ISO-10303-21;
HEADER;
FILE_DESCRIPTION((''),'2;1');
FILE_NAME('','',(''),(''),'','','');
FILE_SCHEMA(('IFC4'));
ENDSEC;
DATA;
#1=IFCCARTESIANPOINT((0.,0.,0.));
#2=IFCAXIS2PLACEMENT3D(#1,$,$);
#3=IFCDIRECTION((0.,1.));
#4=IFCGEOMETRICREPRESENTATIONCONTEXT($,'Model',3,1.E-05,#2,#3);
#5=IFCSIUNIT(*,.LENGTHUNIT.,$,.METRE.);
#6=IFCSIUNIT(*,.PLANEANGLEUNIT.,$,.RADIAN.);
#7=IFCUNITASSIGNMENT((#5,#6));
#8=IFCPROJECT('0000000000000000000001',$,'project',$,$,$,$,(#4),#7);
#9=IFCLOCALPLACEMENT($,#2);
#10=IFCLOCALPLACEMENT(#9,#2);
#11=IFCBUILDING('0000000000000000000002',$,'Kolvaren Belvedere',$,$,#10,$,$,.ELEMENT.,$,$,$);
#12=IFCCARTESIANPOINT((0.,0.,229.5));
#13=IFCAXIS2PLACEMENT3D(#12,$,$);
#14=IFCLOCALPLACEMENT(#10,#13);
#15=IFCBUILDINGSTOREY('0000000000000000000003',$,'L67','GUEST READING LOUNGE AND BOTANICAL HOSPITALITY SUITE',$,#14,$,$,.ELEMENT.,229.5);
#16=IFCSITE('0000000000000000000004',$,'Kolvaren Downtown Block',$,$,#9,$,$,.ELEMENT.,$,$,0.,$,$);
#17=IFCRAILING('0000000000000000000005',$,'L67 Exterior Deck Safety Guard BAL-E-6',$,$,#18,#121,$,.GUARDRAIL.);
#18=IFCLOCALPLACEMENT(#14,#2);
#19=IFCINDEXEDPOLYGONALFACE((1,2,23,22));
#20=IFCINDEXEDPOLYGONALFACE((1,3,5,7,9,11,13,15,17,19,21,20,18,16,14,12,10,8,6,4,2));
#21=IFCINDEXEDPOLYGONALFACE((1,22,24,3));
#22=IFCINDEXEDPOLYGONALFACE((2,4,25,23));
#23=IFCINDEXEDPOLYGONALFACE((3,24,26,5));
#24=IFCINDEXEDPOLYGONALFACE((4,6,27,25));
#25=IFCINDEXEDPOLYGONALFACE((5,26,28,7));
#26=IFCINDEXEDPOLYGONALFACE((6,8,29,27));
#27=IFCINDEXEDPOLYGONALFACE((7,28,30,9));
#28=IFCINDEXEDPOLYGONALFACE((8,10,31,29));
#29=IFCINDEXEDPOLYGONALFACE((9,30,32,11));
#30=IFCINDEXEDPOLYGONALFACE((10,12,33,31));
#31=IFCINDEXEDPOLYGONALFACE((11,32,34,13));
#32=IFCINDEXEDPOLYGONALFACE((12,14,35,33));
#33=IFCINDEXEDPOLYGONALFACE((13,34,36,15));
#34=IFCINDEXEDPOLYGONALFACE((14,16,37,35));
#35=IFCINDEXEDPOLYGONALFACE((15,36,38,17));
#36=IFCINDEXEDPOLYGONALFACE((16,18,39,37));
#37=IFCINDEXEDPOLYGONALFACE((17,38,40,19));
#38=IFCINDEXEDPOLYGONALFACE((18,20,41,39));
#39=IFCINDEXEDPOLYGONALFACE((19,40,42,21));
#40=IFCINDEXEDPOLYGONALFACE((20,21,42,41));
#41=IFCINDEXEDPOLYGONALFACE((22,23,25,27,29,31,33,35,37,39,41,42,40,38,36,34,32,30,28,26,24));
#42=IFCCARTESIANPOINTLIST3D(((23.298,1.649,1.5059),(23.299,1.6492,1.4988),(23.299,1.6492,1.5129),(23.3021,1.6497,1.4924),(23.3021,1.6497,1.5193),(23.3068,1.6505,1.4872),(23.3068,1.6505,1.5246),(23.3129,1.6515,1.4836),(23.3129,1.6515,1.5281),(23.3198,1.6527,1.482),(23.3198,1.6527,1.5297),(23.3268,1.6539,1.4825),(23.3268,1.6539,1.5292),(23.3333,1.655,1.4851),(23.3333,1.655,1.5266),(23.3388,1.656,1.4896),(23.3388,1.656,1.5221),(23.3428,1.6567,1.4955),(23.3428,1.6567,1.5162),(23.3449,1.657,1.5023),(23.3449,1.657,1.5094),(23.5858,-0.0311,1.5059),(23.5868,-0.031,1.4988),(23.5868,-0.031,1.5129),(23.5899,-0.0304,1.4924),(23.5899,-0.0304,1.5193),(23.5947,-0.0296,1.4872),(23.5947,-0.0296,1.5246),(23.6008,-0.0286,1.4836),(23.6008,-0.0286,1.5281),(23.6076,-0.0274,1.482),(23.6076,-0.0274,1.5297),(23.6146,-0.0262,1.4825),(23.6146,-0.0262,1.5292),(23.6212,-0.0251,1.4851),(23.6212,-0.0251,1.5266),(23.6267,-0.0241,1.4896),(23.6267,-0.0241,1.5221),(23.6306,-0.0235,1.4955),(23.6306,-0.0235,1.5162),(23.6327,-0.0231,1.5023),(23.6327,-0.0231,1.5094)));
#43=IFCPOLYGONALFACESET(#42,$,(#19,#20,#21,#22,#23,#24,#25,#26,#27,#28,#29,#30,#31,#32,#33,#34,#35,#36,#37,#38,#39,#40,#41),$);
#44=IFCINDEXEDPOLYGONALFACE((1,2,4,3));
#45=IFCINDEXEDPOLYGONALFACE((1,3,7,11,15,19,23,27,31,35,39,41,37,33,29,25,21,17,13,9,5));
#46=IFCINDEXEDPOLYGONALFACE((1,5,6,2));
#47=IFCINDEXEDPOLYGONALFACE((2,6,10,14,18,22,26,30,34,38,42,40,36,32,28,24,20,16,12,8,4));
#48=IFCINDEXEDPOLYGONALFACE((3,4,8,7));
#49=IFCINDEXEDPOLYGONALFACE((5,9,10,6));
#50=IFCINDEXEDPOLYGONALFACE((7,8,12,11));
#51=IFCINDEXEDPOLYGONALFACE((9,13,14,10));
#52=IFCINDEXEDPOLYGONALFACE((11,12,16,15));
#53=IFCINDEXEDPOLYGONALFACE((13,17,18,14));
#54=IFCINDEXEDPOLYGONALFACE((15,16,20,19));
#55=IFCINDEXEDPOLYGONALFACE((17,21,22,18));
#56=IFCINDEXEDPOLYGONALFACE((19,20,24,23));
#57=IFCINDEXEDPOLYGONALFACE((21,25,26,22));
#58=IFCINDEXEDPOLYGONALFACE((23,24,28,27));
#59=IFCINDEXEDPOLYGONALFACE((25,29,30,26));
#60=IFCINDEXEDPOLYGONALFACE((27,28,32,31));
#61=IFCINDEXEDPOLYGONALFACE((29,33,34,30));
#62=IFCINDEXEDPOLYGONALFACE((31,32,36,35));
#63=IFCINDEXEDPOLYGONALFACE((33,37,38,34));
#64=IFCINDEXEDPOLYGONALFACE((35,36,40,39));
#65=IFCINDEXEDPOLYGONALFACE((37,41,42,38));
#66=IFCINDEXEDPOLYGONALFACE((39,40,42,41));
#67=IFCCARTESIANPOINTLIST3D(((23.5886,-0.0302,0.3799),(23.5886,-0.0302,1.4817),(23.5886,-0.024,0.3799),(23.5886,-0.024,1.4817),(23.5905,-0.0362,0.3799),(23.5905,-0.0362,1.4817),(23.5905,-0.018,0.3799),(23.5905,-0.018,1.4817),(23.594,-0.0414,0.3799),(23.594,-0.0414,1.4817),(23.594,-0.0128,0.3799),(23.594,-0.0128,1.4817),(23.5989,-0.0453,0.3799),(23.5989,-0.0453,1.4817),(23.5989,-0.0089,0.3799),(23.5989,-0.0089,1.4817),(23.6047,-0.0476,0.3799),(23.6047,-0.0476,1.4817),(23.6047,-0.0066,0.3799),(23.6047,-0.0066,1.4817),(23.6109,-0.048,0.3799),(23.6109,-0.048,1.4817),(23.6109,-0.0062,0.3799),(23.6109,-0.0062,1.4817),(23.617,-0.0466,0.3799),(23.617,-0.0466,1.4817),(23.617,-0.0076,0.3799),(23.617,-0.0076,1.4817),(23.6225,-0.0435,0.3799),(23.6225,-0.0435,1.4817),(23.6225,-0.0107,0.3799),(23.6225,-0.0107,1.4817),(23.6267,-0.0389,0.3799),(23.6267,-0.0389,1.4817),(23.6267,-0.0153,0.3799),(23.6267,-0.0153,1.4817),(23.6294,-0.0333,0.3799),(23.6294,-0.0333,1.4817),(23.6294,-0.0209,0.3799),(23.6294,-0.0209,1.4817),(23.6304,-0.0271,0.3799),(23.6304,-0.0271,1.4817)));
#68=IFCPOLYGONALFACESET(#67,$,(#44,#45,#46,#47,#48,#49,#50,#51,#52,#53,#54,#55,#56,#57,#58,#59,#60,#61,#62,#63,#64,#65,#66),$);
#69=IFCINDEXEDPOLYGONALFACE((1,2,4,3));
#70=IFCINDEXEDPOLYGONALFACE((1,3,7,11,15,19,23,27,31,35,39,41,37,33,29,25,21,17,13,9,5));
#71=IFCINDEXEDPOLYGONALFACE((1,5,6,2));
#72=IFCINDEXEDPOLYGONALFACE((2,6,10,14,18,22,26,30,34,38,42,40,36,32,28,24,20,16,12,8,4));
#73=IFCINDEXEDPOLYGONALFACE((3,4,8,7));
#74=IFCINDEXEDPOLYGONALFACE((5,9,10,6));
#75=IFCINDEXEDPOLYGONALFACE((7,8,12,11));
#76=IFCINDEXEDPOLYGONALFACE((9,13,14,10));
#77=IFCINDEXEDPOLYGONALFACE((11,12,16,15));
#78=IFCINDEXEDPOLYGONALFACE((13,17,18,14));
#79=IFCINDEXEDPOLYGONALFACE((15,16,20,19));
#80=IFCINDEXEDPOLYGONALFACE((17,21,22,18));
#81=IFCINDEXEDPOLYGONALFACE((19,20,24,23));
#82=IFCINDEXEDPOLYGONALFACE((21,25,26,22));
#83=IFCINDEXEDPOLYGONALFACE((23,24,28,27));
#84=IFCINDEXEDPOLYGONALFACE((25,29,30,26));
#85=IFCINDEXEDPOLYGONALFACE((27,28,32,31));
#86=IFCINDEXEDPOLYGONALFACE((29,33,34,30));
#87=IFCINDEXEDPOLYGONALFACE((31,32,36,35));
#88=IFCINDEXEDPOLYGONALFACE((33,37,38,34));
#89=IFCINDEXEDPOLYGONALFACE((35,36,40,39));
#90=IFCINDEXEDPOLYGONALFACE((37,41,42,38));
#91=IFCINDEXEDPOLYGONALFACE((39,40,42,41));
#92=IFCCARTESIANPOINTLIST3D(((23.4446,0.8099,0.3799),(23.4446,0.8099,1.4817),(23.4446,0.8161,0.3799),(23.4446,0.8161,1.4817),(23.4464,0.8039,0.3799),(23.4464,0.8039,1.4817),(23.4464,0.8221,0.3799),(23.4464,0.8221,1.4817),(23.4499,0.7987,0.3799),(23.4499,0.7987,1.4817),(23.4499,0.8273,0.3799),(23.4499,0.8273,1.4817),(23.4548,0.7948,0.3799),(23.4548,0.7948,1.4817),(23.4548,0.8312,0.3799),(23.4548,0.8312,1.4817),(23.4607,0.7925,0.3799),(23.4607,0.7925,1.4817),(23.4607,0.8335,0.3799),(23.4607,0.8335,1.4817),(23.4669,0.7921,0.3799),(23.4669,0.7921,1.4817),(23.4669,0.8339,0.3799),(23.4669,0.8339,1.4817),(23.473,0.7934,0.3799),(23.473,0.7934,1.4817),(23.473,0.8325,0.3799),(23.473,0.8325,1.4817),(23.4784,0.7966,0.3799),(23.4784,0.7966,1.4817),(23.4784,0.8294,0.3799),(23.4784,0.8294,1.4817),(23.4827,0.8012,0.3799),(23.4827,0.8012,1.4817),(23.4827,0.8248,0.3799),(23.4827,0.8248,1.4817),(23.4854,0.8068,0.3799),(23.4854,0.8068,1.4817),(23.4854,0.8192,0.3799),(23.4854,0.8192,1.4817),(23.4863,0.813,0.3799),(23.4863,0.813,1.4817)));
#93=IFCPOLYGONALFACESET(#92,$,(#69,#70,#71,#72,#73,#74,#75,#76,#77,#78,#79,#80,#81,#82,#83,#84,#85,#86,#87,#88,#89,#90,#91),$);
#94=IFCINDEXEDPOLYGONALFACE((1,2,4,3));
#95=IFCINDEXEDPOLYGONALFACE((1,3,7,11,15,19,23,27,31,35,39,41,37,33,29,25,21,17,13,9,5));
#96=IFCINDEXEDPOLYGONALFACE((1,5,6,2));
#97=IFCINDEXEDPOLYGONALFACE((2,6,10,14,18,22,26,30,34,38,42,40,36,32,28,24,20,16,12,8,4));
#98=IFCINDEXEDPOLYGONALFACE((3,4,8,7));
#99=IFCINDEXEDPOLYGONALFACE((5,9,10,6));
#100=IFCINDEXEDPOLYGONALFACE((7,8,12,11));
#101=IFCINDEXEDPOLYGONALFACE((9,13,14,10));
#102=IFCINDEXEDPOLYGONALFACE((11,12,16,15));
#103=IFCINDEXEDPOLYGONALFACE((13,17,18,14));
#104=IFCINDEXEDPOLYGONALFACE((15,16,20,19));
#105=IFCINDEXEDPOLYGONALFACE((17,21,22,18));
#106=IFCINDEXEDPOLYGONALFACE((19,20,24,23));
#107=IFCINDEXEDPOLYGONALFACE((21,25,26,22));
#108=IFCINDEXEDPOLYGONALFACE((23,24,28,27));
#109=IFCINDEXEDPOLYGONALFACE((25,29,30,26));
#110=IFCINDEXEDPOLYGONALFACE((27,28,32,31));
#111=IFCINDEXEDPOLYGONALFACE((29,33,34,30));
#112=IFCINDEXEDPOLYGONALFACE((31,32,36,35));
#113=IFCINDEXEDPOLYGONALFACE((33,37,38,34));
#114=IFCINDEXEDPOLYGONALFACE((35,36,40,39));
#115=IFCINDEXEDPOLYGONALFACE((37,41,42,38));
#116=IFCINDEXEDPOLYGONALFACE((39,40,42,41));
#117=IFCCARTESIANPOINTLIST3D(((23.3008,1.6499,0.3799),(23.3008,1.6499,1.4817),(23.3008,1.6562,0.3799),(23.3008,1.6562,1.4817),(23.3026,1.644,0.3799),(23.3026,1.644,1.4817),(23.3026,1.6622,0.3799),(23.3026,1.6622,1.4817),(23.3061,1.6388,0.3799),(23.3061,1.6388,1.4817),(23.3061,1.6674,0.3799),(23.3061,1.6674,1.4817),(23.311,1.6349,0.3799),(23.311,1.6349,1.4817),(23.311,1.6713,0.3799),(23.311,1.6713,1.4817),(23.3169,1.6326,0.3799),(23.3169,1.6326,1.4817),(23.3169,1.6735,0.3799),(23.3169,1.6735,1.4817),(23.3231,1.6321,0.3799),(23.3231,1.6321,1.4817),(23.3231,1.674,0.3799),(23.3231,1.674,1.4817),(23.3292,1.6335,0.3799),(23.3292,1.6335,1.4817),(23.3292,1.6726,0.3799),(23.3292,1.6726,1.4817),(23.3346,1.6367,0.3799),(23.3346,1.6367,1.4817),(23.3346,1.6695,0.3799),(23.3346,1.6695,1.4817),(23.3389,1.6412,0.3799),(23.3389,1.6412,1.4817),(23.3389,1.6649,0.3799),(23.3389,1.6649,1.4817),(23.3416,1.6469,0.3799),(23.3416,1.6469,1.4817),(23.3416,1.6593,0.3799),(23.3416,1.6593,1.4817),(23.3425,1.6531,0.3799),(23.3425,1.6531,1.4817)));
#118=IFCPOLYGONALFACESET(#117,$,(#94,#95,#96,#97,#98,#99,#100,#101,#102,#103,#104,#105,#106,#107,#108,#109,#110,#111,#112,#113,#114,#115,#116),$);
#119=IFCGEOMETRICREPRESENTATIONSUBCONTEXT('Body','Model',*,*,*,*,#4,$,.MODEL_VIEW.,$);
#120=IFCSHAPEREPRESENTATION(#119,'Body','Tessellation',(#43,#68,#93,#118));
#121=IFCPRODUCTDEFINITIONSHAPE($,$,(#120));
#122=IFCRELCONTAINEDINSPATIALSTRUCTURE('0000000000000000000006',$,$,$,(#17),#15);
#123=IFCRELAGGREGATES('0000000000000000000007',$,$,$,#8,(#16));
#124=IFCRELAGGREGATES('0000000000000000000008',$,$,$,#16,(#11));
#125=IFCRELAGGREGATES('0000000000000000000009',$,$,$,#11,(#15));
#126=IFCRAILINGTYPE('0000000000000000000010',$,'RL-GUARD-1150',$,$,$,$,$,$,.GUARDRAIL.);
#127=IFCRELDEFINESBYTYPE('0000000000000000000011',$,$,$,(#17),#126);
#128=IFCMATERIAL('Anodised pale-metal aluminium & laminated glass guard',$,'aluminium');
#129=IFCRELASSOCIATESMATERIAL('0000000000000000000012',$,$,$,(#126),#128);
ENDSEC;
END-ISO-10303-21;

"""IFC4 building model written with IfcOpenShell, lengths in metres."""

from ifc_helpers import new_model, si_unit, direction, frame, origin, origin_2d, place, context, subcontext, project, spatial, circle, extrude, material, type_object, element, save


model = new_model("IFC4")

# Units and contexts
model_context = context("Model", 3, precision=1e-05, world=origin(), true_north=direction((0.0, 1.0)))
body_context = subcontext(model_context, "Body", "Model", "MODEL_VIEW")
ifc_project = project(units=[si_unit("LENGTHUNIT", "METRE"), si_unit("PLANEANGLEUNIT", "RADIAN")], contexts=[model_context])

# Site, building, storey
site_placement = place(None, origin())
site = spatial("IfcSite", under=ifc_project, at=site_placement, Name="Kolvaren Downtown Block", CompositionType="ELEMENT", RefElevation=0.0)
building_placement = place(site_placement, origin())
building = spatial("IfcBuilding", under=site, at=building_placement, Name="Kolvaren Belvedere", CompositionType="ELEMENT")
storey_placement = place(building_placement, frame((0.0, 0.0, 229.5)))
storey = spatial("IfcBuildingStorey", under=building, at=storey_placement, Name="L67", Description="GUEST READING LOUNGE AND BOTANICAL HOSPITALITY SUITE", CompositionType="ELEMENT", Elevation=229.5)

# Railing
ifc_material_1 = material(Name="Anodised pale-metal aluminium & laminated glass guard", Category="aluminium")
railing_type = type_object("IfcRailingType", Name="RL-GUARD-1150", PredefinedType="GUARDRAIL", material=ifc_material_1)
railing_1_placement = place(storey_placement, frame((23.6094, -0.0271, 0.3799)))
element("IfcRailing", 1, at=railing_1_placement, inside=storey, type_object=railing_type, Name="L67 Exterior Deck Safety Guard BAL-E-6", PredefinedType="GUARDRAIL", context=body_context, shape_type="SweptSolid", body=[
    extrude(circle(Radius=0.0239, at=origin_2d()), frame((0.0, 0.0, 1.126), z_axis=(-0.168856, 0.985641, 0.0), x_axis=(-0.985641, -0.168856, 0.0)), (0.0, 0.0, 1.0), 1.7046),
    extrude(circle(Radius=0.021, at=origin_2d()), origin(), (0.0, 0.0, 1.0), 1.1018),
    extrude(circle(Radius=0.021, at=origin_2d()), frame((-0.144, 0.8401, 0.0)), (0.0, 0.0, 1.0), 1.1018),
    extrude(circle(Radius=0.021, at=origin_2d()), frame((-0.2878, 1.6802, 0.0)), (0.0, 0.0, 1.0), 1.1018),
])

save(model, "model.ifc")
